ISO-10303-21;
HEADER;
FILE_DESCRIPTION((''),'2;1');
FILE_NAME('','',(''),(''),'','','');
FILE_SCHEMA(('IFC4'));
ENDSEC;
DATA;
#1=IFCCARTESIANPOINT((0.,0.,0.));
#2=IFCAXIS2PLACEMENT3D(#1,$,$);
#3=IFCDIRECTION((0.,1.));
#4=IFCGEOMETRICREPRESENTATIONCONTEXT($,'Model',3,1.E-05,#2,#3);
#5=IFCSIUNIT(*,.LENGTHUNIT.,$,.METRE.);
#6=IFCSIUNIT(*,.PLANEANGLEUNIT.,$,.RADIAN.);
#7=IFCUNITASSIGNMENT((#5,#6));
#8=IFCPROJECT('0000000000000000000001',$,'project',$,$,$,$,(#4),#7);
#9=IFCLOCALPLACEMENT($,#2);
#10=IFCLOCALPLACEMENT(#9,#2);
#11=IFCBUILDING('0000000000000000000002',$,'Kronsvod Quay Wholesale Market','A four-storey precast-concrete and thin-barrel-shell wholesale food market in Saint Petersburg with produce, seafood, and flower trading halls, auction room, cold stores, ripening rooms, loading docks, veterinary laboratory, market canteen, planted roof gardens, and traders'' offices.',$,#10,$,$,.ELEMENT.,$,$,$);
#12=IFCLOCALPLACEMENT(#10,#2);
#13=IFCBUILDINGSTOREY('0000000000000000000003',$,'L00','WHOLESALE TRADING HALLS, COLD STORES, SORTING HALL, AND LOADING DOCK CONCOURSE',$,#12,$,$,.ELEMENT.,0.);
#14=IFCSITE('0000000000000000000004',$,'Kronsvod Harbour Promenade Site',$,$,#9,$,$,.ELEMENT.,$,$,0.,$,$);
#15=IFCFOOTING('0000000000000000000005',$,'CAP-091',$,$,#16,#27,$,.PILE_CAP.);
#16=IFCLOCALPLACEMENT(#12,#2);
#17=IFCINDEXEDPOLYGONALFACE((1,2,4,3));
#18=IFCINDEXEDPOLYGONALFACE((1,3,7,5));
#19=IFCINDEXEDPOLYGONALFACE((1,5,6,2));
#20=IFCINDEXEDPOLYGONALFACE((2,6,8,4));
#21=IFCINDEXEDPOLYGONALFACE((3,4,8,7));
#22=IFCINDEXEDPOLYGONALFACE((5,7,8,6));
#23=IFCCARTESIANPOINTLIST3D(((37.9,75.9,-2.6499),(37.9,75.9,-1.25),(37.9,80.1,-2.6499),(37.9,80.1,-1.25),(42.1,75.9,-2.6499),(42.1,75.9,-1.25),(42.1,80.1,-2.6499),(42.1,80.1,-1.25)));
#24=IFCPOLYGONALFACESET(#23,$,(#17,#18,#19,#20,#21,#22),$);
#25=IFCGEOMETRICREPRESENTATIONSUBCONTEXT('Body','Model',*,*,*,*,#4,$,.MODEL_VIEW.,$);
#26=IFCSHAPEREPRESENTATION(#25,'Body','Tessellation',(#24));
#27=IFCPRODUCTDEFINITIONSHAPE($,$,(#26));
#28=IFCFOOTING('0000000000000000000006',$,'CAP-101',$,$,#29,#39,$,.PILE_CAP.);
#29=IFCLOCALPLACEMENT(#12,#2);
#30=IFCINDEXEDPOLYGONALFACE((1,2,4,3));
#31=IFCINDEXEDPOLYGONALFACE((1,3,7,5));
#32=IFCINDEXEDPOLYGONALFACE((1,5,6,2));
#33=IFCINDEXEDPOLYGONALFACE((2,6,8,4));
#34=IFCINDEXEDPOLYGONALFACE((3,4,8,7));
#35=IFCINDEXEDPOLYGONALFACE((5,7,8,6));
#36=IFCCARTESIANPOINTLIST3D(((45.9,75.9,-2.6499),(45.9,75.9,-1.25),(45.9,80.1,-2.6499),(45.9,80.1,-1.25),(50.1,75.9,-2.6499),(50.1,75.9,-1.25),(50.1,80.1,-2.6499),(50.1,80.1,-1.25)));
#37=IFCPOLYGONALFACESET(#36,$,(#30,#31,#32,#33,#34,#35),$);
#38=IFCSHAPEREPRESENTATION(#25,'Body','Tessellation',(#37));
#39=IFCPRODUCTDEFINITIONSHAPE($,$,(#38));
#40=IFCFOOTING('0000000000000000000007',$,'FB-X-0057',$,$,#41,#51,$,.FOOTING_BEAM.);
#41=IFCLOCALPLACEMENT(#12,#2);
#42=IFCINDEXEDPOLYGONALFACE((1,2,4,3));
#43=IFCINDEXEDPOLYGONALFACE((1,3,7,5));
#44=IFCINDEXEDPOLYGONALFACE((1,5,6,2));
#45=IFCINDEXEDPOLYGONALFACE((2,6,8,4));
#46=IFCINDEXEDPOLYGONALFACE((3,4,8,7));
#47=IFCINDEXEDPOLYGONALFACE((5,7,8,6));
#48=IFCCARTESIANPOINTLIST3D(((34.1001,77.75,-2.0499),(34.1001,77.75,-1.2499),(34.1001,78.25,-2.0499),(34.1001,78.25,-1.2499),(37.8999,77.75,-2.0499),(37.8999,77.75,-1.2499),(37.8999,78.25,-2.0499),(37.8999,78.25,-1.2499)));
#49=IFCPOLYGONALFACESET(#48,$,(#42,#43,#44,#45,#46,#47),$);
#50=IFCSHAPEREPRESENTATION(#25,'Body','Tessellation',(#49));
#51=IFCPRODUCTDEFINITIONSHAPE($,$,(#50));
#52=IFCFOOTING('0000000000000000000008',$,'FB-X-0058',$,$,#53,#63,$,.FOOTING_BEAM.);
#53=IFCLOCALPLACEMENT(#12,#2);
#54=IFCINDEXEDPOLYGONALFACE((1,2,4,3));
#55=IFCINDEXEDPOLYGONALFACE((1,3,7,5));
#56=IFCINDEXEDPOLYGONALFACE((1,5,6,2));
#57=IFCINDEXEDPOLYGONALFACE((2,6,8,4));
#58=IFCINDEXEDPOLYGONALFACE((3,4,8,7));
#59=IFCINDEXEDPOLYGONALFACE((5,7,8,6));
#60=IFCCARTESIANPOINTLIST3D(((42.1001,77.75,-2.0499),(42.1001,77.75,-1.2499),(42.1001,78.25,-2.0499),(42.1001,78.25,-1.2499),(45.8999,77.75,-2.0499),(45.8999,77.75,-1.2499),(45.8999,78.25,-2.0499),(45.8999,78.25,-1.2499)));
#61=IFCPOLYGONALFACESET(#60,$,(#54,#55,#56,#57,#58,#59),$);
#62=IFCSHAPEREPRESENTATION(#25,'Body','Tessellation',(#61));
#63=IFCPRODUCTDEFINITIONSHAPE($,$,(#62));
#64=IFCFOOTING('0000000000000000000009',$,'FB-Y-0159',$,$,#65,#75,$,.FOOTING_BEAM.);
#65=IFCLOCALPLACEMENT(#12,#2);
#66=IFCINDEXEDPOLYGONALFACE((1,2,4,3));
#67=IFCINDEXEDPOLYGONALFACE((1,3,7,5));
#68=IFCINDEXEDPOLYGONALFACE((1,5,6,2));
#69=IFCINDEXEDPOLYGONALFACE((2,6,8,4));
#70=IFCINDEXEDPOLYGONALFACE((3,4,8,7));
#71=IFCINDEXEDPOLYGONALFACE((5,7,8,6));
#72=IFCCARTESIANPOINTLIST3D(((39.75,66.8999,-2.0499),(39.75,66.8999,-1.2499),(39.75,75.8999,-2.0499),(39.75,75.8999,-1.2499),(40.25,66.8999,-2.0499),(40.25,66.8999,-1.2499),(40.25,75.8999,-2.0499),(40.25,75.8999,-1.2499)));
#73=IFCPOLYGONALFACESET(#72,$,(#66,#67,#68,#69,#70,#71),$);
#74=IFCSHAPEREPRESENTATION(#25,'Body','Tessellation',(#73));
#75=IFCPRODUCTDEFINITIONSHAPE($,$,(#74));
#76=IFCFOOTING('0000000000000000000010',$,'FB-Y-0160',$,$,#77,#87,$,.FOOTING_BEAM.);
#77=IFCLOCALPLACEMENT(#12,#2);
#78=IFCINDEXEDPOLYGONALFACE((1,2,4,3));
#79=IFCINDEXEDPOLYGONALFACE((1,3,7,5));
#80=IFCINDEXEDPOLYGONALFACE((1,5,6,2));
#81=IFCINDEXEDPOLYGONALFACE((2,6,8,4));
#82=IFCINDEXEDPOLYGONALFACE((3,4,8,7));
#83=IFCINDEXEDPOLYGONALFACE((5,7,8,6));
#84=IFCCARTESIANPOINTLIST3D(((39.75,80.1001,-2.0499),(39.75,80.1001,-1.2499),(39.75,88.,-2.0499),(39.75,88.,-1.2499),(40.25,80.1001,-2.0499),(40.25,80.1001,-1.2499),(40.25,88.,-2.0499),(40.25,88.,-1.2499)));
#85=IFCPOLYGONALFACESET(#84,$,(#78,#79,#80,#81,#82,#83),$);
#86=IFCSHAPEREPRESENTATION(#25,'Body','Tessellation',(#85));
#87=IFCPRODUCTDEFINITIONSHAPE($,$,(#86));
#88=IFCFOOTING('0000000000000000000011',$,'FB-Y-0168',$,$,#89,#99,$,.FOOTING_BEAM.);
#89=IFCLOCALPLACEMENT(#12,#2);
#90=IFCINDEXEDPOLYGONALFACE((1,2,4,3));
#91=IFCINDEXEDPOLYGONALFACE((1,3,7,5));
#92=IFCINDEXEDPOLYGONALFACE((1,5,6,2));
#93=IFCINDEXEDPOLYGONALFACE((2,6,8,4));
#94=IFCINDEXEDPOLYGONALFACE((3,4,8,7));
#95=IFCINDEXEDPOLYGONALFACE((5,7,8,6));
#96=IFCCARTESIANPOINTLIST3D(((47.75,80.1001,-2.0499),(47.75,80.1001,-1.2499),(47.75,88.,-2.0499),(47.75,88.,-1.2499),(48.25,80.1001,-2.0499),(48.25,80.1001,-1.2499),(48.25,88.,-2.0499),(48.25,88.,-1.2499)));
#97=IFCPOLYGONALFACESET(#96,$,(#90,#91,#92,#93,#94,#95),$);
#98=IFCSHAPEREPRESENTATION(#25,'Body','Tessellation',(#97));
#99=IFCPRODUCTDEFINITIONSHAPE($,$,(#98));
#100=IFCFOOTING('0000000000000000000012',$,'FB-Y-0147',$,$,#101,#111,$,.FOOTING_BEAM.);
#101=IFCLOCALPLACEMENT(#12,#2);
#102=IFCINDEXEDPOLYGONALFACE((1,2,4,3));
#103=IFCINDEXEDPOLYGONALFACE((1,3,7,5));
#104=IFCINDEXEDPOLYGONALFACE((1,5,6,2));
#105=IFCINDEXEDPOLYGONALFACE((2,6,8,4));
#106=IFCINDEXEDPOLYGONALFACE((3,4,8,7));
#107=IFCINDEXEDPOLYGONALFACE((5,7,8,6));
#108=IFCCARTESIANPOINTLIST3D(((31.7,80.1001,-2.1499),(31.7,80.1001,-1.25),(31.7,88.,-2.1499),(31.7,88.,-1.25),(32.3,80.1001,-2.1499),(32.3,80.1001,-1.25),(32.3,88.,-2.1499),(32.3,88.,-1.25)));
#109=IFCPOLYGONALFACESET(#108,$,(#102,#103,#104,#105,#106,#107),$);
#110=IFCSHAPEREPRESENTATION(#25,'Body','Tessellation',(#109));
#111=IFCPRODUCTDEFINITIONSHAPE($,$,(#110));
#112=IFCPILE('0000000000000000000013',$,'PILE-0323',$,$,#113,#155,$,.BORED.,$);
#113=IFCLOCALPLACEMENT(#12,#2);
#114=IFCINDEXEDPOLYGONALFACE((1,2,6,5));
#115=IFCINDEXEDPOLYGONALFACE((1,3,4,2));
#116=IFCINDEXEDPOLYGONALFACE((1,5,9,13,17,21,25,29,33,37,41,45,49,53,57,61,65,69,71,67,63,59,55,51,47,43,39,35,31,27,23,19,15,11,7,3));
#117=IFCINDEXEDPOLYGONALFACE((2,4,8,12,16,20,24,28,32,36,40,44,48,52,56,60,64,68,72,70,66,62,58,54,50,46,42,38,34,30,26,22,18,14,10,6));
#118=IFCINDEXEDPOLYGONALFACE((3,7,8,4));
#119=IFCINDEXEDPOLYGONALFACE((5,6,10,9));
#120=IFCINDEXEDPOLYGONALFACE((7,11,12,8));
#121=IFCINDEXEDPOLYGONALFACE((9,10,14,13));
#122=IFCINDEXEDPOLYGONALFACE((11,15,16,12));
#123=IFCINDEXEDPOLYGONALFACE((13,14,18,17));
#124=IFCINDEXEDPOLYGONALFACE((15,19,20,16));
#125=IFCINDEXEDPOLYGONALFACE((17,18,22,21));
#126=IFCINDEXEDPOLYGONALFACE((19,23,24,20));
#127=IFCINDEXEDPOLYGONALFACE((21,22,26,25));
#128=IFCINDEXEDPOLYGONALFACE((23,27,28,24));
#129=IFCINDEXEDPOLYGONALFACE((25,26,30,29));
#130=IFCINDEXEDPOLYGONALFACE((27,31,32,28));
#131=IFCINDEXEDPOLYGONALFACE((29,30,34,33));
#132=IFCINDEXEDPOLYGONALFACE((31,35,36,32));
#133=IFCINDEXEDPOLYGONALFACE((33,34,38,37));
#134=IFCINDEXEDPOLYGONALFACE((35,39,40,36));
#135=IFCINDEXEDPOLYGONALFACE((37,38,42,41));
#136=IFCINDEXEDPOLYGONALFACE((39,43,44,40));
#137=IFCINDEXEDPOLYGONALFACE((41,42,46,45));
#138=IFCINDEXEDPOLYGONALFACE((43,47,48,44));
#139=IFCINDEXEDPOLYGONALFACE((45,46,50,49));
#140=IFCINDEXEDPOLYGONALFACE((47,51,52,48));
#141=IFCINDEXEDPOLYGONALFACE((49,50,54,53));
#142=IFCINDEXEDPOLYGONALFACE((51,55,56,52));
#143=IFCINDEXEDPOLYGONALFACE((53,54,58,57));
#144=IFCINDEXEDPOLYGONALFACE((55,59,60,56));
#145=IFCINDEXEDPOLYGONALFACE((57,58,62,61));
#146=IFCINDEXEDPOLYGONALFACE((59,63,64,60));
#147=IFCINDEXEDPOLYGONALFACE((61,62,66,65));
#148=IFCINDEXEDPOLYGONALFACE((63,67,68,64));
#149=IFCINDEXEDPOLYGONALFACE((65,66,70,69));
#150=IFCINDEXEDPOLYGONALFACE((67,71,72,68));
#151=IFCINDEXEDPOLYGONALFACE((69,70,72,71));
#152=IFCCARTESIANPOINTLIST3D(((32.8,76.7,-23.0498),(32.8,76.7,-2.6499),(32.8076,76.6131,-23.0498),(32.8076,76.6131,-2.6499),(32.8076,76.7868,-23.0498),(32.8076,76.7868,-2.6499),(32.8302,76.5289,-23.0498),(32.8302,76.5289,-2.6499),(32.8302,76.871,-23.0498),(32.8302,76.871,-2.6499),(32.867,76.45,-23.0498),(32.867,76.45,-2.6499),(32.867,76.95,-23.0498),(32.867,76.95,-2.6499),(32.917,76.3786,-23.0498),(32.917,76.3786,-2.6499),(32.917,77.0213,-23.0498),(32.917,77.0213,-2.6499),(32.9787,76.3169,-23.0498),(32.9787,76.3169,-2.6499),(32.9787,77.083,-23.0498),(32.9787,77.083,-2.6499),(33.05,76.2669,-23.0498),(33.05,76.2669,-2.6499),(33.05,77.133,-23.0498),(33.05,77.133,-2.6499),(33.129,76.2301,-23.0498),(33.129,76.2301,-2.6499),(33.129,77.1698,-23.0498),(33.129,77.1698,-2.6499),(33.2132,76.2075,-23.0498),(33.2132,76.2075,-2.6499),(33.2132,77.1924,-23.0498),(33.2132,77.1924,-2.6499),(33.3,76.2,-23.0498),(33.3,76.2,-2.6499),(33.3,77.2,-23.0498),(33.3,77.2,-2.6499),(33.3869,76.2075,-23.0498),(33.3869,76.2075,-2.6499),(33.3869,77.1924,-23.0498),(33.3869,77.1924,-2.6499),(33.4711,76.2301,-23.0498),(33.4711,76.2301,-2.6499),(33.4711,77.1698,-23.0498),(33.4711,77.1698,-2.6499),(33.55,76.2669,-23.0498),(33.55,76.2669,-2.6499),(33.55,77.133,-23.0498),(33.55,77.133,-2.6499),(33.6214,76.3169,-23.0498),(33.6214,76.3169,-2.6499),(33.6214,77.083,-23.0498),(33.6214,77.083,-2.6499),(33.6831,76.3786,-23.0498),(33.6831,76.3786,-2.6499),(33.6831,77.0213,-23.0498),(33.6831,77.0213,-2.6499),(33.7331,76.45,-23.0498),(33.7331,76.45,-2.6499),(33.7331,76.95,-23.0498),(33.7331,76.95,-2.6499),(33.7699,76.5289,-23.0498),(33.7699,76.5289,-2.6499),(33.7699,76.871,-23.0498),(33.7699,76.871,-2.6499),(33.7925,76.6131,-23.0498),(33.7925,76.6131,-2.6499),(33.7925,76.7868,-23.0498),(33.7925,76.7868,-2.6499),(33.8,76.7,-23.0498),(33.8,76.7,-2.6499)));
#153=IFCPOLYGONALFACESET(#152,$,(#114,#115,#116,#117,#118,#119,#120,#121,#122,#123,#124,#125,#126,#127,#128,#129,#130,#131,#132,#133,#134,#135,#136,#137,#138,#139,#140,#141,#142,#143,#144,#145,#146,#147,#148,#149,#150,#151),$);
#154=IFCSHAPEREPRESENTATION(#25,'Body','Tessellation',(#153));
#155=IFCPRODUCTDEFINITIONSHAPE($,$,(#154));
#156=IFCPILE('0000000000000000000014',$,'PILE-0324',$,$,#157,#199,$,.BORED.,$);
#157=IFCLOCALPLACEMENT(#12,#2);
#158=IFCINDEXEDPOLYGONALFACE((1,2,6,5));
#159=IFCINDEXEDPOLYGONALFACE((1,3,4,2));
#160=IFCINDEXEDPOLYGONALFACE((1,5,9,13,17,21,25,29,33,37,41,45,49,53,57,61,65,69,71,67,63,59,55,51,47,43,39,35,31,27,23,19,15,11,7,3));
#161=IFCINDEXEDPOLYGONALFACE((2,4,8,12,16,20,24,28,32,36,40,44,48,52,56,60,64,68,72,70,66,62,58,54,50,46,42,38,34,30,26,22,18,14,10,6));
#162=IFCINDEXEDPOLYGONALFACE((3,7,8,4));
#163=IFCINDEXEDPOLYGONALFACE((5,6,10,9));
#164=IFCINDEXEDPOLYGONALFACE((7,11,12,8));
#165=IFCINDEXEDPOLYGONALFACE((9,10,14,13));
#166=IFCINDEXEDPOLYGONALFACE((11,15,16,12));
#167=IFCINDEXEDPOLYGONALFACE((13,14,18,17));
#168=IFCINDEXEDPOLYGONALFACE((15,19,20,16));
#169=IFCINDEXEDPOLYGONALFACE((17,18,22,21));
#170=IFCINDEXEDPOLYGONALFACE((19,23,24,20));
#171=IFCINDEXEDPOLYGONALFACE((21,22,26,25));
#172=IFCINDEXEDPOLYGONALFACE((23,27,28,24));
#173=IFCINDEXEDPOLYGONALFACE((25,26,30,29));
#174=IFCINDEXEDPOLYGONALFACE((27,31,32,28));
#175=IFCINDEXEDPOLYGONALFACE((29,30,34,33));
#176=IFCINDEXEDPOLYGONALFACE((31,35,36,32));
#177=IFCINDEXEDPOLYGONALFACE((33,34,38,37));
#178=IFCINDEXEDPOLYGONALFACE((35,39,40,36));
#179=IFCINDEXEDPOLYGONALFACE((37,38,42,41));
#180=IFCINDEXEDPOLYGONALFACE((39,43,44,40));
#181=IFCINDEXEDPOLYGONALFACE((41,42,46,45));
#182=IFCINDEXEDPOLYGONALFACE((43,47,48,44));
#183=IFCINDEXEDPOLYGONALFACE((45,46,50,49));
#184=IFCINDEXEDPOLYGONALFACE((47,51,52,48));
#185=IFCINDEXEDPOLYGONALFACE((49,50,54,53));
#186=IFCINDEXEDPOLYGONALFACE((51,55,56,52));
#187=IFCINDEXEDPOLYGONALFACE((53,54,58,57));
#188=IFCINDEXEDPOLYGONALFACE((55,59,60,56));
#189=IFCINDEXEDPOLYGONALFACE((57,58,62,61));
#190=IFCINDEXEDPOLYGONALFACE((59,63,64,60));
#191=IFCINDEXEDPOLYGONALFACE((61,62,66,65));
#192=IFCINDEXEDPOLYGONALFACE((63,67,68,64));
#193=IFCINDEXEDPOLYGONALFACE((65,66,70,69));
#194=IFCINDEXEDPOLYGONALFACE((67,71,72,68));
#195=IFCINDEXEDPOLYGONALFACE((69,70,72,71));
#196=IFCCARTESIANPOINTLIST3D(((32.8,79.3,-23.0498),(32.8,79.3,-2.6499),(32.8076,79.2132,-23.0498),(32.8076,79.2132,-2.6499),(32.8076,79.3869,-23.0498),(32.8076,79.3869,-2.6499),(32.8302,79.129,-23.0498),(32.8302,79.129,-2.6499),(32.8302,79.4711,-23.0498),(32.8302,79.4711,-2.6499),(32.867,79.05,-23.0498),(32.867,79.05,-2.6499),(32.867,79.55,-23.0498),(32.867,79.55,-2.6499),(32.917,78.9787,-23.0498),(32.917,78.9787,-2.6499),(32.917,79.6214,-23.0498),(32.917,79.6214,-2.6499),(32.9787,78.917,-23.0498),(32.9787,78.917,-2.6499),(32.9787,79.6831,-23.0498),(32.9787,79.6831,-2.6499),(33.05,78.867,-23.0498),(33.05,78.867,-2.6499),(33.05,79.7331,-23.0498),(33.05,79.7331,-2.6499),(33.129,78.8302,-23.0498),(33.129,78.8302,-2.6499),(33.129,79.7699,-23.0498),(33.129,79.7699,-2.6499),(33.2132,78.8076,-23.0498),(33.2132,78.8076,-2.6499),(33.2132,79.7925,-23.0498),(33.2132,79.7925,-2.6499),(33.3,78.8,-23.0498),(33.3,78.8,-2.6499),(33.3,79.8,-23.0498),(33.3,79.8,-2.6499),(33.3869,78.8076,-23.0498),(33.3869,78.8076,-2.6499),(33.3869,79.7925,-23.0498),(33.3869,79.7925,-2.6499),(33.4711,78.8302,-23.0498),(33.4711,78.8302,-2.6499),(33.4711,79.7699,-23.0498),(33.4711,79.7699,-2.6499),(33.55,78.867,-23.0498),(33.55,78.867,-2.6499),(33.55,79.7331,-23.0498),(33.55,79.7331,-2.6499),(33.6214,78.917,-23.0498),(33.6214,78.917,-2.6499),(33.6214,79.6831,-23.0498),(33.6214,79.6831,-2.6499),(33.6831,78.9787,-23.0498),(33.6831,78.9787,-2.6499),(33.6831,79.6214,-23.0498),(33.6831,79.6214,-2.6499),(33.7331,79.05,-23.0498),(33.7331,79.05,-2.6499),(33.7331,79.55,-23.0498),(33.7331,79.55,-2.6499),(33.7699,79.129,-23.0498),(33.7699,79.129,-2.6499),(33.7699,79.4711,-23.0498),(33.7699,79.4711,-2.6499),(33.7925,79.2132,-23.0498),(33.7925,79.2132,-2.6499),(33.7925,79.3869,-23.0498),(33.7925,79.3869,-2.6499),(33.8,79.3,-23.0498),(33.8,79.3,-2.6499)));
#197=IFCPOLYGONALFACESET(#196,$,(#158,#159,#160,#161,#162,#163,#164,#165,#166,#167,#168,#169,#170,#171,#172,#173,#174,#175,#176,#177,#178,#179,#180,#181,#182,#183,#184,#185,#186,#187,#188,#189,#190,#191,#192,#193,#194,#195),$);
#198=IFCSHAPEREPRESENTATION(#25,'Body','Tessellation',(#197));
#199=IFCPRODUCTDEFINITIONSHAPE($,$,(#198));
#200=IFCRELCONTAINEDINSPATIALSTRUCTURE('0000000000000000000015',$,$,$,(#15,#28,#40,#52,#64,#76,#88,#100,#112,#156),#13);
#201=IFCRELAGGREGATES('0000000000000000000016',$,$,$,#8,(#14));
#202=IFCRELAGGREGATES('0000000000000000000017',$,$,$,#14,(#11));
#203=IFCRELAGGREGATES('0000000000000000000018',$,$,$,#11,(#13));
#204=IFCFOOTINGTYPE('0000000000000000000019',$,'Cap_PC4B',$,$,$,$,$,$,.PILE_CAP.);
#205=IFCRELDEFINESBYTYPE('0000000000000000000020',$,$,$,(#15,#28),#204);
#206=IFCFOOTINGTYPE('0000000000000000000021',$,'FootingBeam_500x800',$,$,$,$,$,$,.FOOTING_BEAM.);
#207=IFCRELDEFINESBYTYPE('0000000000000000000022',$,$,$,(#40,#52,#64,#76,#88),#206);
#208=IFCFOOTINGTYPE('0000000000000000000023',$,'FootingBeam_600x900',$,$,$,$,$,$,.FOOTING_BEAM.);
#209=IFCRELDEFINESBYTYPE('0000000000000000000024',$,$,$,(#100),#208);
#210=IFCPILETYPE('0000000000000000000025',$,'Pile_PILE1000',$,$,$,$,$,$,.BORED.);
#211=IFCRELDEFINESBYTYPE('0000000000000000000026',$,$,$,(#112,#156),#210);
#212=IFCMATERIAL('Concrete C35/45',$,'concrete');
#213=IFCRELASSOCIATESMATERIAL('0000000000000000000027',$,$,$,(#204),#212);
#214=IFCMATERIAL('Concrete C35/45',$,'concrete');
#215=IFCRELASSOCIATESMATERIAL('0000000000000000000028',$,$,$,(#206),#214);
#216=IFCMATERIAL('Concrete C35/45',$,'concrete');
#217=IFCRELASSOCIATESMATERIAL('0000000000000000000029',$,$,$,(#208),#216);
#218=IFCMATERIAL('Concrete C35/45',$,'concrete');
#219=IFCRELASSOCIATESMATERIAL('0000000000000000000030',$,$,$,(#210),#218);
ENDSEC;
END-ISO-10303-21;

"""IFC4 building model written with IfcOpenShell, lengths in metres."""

from ifc_helpers import new_model, si_unit, direction, frame, origin, origin_2d, place, context, subcontext, project, spatial, rectangle, circle, extrude, material, material_profile, profile_set, type_object, element, save


model = new_model("IFC4")

# Units and contexts
model_context = context("Model", 3, precision=1e-05, world=origin(), true_north=direction((0.0, 1.0)))
body_context = subcontext(model_context, "Body", "Model", "MODEL_VIEW")
ifc_project = project(units=[si_unit("LENGTHUNIT", "METRE"), si_unit("PLANEANGLEUNIT", "RADIAN")], contexts=[model_context])

# Site, building, storey
site_placement = place(None, origin())
site = spatial("IfcSite", under=ifc_project, at=site_placement, Name="Kronsvod Harbour Promenade Site", CompositionType="ELEMENT", RefElevation=0.0)
building_placement = place(site_placement, origin())
building = spatial("IfcBuilding", under=site, at=building_placement, Name="Kronsvod Quay Wholesale Market", Description="A four-storey precast-concrete and thin-barrel-shell wholesale food market in Saint Petersburg with produce, seafood, and flower trading halls, auction room, cold stores, ripening rooms, loading docks, veterinary laboratory, market canteen, planted roof gardens, and traders' offices.", CompositionType="ELEMENT")
storey_placement = place(building_placement, origin())
storey = spatial("IfcBuildingStorey", under=building, at=storey_placement, Name="L00", Description="WHOLESALE TRADING HALLS, COLD STORES, SORTING HALL, AND LOADING DOCK CONCOURSE", CompositionType="ELEMENT", Elevation=0.0)

# Footings
ifc_material_1 = material(Name="Concrete C35/45", Category="concrete")
footing_type_1 = type_object("IfcFootingType", Name="Cap_PC4B", PredefinedType="PILE_CAP", material=ifc_material_1)
for number, where, z_axis, x_axis, name in (
    (1, (40.0, 78.0, -2.6499), (0.0, 0.0, 1.0), (1.0, 0.0, 0.0), "CAP-091"),
    (2, (48.0, 78.0, -2.6499), (0.0, 0.0, 1.0), (1.0, 0.0, 0.0), "CAP-101"),
):
    element("IfcFooting", number, at=place(storey_placement, frame(where, z_axis=z_axis, x_axis=x_axis)), inside=storey, type_object=footing_type_1, Name=name, PredefinedType="PILE_CAP", context=body_context, shape_type="SweptSolid", body=[
        extrude(rectangle(XDim=4.2, YDim=4.2, at=origin_2d()), origin(), (0.0, 0.0, 1.0), 1.3999),
    ])
ifc_material_2 = material(Name="Concrete C35/45", Category="concrete")
ifc_material_profile_1 = material_profile(ifc_material_2, rectangle(XDim=0.5, YDim=0.8, at=origin_2d()), Name="FB-01")
ifc_profile_set_1 = profile_set([ifc_material_profile_1], Name="Concrete C35/45")
footing_type_2 = type_object("IfcFootingType", Name="FootingBeam_500x800", PredefinedType="FOOTING_BEAM", material=ifc_profile_set_1)
for number, where, z_axis, x_axis, name in (
    (3, (34.1001, 78.0, -1.6499), (1.0, 0.0, 0.0), (0.0, 1.0, 0.0), "FB-X-0057"),
    (4, (42.1001, 78.0, -1.6499), (1.0, 0.0, 0.0), (0.0, 1.0, 0.0), "FB-X-0058"),
):
    element("IfcFooting", number, at=place(storey_placement, frame(where, z_axis=z_axis, x_axis=x_axis)), inside=storey, type_object=footing_type_2, Name=name, PredefinedType="FOOTING_BEAM", context=body_context, shape_type="SweptSolid", body=[
        extrude(rectangle(XDim=0.5, YDim=0.8, at=origin_2d()), origin(), (0.0, 0.0, 1.0), 3.7998),
    ])
footing_1_placement = place(storey_placement, frame((40.0, 66.8999, -1.6499), z_axis=(0.0, 1.0, 0.0), x_axis=(-1.0, 0.0, 0.0)))
element("IfcFooting", 5, at=footing_1_placement, inside=storey, type_object=footing_type_2, Name="FB-Y-0159", PredefinedType="FOOTING_BEAM", context=body_context, shape_type="SweptSolid", body=[
    extrude(rectangle(XDim=0.5, YDim=0.8, at=origin_2d()), origin(), (0.0, 0.0, 1.0), 9.0),
])
for number, where, z_axis, x_axis, name in (
    (6, (40.0, 80.1001, -1.6499), (0.0, 1.0, 0.0), (-1.0, 0.0, 0.0), "FB-Y-0160"),
    (7, (48.0, 80.1001, -1.6499), (0.0, 1.0, 0.0), (-1.0, 0.0, 0.0), "FB-Y-0168"),
):
    element("IfcFooting", number, at=place(storey_placement, frame(where, z_axis=z_axis, x_axis=x_axis)), inside=storey, type_object=footing_type_2, Name=name, PredefinedType="FOOTING_BEAM", context=body_context, shape_type="SweptSolid", body=[
        extrude(rectangle(XDim=0.5, YDim=0.8, at=origin_2d()), origin(), (0.0, 0.0, 1.0), 7.8999),
    ])
ifc_material_3 = material(Name="Concrete C35/45", Category="concrete")
ifc_material_profile_2 = material_profile(ifc_material_3, rectangle(XDim=0.6001, YDim=0.8999, at=origin_2d()), Name="FB-02")
ifc_profile_set_2 = profile_set([ifc_material_profile_2], Name="Concrete C35/45")
footing_type_3 = type_object("IfcFootingType", Name="FootingBeam_600x900", PredefinedType="FOOTING_BEAM", material=ifc_profile_set_2)
footing_2_placement = place(storey_placement, frame((32.0, 80.1001, -1.7), z_axis=(0.0, 1.0, 0.0), x_axis=(-1.0, 0.0, 0.0)))
element("IfcFooting", 8, at=footing_2_placement, inside=storey, type_object=footing_type_3, Name="FB-Y-0147", PredefinedType="FOOTING_BEAM", context=body_context, shape_type="SweptSolid", body=[
    extrude(rectangle(XDim=0.6001, YDim=0.8999, at=origin_2d()), origin(), (0.0, 0.0, 1.0), 7.8999),
])

# Piles
ifc_material_4 = material(Name="Concrete C35/45", Category="concrete")
ifc_material_profile_3 = material_profile(ifc_material_4, circle(Radius=0.5, at=origin_2d()), Name="PILE1000")
ifc_profile_set_3 = profile_set([ifc_material_profile_3], Name="Concrete C35/45")
pile_type_1 = type_object("IfcPileType", Name="Pile_PILE1000", PredefinedType="BORED", material=ifc_profile_set_3)
for number, where, z_axis, x_axis, name in (
    (9, (33.3, 76.7, -2.6499), (0.0, 0.0, -1.0), (1.0, 0.0, 0.0), "PILE-0323"),
    (10, (33.3, 79.3, -2.6499), (0.0, 0.0, -1.0), (1.0, 0.0, 0.0), "PILE-0324"),
):
    element("IfcPile", number, at=place(storey_placement, frame(where, z_axis=z_axis, x_axis=x_axis)), inside=storey, type_object=pile_type_1, Name=name, PredefinedType="BORED", context=body_context, shape_type="SweptSolid", body=[
        extrude(circle(Radius=0.5, at=origin_2d()), origin(), (0.0, 0.0, 1.0), 20.3999),
    ])

save(model, "model.ifc")
